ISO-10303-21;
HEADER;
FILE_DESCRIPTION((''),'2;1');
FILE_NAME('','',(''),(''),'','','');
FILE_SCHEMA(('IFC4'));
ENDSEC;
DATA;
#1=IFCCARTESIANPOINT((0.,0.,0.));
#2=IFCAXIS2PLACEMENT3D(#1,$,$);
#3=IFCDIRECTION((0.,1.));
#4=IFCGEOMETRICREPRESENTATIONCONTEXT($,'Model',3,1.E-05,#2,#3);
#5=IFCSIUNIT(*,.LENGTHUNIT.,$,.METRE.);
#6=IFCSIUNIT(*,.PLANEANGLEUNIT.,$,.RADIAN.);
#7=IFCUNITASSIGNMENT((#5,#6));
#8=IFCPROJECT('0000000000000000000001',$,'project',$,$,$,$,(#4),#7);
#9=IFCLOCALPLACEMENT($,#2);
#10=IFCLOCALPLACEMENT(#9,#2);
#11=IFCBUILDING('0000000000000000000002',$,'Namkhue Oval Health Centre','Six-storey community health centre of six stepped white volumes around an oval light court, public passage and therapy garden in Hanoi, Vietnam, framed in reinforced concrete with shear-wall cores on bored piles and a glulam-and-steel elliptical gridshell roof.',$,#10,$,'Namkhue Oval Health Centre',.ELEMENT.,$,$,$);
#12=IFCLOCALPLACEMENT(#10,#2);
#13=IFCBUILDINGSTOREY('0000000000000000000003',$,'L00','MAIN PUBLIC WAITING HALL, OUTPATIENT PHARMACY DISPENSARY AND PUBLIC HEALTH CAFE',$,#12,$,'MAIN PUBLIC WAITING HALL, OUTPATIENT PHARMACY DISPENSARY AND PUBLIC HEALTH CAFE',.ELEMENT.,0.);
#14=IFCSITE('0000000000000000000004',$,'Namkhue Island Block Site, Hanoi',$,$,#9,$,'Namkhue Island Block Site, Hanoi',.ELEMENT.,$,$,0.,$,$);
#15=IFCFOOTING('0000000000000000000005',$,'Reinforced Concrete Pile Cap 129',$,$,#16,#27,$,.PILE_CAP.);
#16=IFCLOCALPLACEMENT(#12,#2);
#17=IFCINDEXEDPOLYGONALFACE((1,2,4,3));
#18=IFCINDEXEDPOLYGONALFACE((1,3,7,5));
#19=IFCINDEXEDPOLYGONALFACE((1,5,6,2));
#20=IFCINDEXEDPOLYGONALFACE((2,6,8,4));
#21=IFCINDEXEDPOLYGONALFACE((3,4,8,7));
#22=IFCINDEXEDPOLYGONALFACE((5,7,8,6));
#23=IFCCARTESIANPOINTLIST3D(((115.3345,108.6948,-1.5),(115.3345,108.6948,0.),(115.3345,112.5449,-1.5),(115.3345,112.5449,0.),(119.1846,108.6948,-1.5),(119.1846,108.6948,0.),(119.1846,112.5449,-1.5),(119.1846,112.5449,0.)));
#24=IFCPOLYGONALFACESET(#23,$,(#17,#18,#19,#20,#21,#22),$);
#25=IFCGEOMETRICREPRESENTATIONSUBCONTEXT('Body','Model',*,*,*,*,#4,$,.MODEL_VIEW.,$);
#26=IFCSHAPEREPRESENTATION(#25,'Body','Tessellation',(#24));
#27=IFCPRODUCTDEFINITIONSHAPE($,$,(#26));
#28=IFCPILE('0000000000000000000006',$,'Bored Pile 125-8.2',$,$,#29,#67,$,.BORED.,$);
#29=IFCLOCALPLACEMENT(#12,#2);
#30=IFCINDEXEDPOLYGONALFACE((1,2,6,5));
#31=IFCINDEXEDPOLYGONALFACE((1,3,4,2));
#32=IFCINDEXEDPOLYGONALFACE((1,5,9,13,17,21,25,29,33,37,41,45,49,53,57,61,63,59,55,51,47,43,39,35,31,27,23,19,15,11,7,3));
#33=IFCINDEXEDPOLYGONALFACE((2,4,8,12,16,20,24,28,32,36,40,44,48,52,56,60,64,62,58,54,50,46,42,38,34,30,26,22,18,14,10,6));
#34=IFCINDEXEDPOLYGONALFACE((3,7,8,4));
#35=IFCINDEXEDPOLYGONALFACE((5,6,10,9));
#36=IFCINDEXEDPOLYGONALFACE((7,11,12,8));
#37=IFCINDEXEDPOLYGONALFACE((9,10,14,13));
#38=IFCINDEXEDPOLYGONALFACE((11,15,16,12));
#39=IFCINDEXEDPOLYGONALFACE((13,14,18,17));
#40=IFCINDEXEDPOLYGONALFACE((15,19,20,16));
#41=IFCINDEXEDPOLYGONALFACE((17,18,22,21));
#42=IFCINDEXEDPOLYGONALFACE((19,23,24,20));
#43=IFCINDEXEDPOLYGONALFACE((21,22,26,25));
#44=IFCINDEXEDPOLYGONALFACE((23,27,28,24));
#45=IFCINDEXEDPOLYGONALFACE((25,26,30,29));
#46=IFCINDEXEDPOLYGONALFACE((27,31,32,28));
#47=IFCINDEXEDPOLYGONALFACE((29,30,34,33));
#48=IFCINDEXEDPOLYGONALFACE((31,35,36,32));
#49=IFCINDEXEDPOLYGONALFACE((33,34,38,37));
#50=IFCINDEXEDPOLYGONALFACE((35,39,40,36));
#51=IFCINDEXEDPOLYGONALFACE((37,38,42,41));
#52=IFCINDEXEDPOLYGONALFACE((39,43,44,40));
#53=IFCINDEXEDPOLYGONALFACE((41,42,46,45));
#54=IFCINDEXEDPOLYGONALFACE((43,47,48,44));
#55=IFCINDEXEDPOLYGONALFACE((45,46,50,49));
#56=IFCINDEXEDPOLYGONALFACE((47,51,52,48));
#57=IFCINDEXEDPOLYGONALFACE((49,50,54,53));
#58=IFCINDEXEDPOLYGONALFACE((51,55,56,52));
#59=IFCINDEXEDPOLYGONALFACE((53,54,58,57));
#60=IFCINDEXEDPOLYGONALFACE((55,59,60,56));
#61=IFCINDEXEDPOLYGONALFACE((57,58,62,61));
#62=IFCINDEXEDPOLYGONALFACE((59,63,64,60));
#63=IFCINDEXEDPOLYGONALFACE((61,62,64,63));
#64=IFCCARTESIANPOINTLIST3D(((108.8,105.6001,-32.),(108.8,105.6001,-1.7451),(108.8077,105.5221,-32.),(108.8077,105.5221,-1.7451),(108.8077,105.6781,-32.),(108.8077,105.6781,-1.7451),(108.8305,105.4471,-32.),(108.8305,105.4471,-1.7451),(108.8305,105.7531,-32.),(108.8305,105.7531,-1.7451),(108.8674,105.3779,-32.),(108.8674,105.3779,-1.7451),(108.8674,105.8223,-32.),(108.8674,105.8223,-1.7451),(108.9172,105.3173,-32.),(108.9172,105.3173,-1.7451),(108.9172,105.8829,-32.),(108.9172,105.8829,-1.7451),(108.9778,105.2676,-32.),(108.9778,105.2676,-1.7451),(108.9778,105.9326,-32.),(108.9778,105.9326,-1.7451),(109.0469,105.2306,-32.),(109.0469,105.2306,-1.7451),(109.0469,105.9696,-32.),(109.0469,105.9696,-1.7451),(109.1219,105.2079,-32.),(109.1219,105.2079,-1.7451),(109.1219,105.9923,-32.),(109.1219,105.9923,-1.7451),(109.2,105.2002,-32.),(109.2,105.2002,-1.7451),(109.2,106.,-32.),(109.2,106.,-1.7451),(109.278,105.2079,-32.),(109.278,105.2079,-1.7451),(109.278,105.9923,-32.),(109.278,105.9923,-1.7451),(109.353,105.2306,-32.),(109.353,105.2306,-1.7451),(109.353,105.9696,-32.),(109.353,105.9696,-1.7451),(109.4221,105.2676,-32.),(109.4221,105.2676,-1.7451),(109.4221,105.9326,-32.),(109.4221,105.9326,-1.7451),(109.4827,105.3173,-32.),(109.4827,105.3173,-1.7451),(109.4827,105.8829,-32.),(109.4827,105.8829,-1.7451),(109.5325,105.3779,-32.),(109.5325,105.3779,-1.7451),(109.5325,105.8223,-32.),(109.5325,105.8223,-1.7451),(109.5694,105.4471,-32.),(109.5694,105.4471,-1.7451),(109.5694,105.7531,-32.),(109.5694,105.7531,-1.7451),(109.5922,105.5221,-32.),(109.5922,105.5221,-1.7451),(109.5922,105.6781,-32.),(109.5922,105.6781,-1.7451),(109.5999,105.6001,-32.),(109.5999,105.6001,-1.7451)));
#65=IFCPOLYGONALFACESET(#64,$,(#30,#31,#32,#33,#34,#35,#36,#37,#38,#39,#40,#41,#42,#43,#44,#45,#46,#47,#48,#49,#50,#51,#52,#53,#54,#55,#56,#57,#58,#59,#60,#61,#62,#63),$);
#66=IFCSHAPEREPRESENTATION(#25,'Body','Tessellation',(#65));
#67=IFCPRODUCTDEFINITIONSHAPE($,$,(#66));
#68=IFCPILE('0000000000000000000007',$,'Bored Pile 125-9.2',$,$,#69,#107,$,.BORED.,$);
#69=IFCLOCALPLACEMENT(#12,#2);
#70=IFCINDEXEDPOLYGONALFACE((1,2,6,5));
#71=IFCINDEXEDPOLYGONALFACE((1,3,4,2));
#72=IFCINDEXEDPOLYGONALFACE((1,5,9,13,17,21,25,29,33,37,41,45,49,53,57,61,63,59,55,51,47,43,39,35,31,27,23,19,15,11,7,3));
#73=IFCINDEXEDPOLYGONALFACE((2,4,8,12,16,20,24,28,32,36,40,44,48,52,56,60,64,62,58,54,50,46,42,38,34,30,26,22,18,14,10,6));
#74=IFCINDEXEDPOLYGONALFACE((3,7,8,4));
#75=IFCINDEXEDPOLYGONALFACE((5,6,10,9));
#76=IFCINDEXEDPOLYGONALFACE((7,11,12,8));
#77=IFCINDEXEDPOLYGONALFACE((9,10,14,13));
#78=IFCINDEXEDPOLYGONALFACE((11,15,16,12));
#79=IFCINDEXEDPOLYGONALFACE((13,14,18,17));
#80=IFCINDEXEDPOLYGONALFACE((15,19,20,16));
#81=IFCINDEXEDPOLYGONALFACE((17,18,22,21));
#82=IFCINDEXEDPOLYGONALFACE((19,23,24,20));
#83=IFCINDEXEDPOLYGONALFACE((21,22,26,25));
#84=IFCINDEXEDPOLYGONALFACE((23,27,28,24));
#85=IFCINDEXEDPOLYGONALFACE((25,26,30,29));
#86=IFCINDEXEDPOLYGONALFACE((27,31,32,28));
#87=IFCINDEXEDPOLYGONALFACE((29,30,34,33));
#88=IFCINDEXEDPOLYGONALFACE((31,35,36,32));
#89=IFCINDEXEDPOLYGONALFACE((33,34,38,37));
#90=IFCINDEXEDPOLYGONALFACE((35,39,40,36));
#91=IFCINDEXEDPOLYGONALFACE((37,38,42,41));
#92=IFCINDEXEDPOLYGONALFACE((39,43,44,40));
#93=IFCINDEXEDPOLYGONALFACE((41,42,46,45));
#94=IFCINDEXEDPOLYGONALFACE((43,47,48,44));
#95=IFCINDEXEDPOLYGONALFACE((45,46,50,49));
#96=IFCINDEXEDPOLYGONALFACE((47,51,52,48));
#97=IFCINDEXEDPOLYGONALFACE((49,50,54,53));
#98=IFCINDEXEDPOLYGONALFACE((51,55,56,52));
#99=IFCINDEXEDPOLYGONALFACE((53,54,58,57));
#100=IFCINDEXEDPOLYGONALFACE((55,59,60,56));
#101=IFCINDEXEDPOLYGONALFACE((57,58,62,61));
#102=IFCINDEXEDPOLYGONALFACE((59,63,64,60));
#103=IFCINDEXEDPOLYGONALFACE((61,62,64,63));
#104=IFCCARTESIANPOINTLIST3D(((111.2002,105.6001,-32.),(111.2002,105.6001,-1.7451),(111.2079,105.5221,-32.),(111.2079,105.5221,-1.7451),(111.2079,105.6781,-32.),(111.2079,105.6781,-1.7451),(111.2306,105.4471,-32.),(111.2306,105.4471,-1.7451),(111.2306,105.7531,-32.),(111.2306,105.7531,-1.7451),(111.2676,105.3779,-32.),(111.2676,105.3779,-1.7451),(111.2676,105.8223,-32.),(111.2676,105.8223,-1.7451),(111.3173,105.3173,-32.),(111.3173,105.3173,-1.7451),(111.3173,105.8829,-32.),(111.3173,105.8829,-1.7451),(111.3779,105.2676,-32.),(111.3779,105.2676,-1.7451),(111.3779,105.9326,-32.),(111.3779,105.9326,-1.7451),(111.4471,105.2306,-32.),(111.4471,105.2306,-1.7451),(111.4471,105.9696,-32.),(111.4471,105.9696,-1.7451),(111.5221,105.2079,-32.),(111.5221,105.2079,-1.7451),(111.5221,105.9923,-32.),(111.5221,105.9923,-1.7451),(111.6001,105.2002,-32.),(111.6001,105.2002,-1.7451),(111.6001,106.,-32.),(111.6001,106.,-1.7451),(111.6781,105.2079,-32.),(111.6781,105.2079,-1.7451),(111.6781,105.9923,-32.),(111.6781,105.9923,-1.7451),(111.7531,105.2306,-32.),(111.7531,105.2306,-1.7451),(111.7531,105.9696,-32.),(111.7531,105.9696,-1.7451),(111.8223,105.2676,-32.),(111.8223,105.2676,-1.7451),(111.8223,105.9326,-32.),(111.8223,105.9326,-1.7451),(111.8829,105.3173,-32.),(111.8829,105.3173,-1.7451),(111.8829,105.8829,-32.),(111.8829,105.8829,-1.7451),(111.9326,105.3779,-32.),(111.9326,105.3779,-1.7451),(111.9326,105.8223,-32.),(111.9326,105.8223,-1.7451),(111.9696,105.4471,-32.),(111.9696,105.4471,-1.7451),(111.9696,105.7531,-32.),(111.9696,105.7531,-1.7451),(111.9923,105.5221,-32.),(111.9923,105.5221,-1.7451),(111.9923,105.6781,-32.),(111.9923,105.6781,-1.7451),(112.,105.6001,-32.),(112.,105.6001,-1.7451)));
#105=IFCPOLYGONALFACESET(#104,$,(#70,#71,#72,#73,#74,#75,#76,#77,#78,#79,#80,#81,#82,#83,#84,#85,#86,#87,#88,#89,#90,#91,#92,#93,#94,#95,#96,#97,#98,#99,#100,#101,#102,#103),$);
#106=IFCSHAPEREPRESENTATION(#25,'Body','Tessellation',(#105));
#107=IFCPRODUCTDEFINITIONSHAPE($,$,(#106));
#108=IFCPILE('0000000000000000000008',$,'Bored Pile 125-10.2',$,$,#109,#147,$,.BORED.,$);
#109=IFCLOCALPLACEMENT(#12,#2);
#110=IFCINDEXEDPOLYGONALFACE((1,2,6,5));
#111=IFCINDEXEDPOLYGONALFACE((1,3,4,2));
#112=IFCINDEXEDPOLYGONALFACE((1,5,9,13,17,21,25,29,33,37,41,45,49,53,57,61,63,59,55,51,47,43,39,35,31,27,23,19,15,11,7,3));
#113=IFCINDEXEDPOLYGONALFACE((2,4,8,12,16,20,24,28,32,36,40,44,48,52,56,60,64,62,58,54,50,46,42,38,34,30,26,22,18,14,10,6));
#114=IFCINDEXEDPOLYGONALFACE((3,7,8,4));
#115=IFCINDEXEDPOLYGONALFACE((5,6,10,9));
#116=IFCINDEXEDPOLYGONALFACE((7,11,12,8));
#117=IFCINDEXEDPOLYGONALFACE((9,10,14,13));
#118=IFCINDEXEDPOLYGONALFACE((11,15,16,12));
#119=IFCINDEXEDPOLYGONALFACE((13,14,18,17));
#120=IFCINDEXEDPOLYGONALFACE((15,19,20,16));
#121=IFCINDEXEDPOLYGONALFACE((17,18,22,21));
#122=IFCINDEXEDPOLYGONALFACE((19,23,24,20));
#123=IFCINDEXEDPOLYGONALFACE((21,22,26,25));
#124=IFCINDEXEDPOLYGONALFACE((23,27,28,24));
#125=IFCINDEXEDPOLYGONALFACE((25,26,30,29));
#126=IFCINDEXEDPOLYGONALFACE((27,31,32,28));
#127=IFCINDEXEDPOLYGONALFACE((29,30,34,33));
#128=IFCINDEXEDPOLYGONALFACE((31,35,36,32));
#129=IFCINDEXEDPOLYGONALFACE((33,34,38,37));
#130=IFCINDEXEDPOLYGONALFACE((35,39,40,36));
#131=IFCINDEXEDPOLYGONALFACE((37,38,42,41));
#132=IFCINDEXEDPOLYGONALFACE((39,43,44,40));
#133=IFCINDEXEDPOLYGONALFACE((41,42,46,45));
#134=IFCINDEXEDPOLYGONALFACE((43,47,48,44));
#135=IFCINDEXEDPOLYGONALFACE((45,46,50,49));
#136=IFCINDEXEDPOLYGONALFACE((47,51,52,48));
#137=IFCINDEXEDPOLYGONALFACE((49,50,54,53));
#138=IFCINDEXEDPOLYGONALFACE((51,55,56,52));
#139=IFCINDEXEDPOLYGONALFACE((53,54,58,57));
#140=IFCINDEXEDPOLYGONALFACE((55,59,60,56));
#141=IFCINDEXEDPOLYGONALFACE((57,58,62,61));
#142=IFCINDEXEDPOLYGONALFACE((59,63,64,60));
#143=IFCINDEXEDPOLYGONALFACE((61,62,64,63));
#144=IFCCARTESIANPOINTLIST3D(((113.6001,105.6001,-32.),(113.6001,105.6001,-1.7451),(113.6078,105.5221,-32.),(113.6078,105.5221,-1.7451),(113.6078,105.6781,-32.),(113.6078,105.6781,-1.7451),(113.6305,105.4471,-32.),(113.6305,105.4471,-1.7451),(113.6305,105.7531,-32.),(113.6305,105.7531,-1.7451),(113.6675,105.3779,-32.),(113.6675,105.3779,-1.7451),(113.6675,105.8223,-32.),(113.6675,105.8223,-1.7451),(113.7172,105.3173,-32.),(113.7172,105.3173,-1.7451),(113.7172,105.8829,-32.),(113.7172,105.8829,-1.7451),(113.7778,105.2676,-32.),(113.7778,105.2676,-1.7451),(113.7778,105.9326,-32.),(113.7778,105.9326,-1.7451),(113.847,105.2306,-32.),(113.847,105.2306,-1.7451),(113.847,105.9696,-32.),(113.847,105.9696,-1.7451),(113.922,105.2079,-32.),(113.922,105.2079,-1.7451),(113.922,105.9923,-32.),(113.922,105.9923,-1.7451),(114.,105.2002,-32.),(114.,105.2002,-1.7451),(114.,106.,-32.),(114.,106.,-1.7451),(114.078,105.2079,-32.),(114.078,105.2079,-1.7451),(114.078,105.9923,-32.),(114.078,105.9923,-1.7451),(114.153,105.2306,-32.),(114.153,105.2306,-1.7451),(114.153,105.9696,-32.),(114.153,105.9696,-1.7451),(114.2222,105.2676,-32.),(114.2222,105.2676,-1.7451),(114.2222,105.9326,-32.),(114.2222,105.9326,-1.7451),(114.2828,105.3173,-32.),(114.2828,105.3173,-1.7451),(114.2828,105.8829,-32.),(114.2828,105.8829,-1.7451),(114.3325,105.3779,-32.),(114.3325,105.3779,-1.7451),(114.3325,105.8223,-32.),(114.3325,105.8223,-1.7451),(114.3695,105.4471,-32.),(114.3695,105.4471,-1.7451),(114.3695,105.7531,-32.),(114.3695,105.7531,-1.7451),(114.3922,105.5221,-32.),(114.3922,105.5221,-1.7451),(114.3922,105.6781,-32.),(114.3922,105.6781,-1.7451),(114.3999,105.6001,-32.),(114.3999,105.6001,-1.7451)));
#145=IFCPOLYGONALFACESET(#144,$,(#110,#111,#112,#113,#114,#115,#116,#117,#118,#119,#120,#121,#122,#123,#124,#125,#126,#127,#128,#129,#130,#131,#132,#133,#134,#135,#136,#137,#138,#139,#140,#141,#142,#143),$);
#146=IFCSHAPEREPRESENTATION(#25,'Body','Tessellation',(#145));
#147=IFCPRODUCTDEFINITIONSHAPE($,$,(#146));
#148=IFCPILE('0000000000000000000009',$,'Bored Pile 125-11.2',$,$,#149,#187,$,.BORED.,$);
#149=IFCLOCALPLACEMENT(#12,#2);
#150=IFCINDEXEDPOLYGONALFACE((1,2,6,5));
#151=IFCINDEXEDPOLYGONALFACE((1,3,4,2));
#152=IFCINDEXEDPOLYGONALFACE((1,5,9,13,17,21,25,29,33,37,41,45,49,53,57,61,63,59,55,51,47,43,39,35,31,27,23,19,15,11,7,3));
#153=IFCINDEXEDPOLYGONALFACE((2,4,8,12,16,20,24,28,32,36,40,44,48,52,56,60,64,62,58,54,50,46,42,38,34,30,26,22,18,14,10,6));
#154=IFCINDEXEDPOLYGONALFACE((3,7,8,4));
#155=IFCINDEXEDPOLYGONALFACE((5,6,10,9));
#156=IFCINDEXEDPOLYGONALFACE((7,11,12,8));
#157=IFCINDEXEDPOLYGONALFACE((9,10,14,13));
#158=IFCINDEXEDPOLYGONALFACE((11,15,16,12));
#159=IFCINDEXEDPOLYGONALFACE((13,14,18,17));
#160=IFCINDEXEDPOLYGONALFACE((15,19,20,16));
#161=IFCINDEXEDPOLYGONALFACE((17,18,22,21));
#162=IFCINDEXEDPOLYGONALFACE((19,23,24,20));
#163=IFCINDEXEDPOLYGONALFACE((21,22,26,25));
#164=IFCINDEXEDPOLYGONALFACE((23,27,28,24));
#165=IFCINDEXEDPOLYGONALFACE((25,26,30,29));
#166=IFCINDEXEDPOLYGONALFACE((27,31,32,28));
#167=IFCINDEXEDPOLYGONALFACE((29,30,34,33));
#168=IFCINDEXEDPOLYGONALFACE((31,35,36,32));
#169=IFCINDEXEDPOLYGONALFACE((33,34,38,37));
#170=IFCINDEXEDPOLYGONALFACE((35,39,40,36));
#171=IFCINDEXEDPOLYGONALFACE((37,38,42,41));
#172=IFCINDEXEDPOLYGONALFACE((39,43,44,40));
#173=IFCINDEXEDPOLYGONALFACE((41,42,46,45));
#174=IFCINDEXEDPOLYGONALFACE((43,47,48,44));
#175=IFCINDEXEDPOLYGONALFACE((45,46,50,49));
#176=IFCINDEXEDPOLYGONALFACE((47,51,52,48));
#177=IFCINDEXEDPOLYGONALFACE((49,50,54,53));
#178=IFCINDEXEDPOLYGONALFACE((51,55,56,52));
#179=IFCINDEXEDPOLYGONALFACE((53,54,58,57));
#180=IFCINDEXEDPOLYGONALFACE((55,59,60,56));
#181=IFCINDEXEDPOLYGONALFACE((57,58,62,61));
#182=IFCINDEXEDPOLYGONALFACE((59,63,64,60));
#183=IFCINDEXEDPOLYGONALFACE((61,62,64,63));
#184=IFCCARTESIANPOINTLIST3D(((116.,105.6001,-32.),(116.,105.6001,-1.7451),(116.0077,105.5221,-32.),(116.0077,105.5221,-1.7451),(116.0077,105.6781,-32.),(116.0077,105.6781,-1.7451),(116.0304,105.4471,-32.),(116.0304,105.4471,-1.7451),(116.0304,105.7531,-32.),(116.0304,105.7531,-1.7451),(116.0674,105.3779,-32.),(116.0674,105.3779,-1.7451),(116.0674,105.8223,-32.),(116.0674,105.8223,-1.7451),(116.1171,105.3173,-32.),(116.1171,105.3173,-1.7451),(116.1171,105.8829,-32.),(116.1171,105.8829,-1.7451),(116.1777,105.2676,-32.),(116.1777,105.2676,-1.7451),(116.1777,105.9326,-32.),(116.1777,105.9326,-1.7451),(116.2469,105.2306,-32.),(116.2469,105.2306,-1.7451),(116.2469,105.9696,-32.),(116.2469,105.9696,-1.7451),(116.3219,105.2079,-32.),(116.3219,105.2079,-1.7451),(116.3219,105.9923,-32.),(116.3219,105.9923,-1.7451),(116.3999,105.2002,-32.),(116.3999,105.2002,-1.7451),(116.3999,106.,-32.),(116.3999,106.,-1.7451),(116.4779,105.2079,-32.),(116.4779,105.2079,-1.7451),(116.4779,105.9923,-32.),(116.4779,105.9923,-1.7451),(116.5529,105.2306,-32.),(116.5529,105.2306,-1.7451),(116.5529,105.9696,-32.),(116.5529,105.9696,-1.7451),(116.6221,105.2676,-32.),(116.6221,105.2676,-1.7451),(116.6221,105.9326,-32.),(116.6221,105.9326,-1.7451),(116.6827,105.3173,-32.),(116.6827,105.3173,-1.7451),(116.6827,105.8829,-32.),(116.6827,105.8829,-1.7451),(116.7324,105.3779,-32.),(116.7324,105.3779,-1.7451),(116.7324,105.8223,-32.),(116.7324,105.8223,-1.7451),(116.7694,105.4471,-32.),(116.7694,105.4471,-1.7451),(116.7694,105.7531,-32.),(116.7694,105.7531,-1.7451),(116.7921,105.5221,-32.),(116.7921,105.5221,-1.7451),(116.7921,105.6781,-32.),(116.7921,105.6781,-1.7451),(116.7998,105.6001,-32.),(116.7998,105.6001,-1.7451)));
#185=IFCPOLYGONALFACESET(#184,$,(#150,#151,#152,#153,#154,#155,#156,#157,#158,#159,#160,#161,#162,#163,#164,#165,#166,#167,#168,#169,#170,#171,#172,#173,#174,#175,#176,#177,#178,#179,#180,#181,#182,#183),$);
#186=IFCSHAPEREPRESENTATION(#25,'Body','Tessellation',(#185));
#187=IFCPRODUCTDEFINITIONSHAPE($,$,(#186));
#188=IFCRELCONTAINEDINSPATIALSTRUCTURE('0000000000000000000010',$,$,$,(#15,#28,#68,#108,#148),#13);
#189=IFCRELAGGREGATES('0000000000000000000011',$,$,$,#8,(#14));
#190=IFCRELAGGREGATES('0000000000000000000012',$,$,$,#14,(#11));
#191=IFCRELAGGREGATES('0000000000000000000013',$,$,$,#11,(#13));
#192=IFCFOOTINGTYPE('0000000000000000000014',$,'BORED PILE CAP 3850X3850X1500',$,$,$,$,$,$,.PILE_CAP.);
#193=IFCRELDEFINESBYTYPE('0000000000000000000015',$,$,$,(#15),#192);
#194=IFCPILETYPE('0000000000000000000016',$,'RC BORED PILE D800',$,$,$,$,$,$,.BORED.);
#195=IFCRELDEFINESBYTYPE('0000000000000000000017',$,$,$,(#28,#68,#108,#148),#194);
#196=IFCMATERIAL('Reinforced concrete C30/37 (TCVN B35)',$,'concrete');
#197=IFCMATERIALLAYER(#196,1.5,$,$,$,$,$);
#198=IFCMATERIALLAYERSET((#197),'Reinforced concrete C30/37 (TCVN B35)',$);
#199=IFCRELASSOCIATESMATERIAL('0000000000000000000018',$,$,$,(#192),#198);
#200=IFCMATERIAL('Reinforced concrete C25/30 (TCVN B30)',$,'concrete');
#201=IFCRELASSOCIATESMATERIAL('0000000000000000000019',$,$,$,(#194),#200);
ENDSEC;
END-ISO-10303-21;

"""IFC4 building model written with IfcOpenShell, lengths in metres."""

from ifc_helpers import new_model, si_unit, direction, frame, origin, origin_2d, place, context, subcontext, project, spatial, rectangle, circle, extrude, material, layer, layer_set, material_profile, profile_set, type_object, element, save


model = new_model("IFC4")

# Units and contexts
model_context = context("Model", 3, precision=1e-05, world=origin(), true_north=direction((0.0, 1.0)))
body_context = subcontext(model_context, "Body", "Model", "MODEL_VIEW")
ifc_project = project(units=[si_unit("LENGTHUNIT", "METRE"), si_unit("PLANEANGLEUNIT", "RADIAN")], contexts=[model_context])

# Site, building, storey
site_placement = place(None, origin())
site = spatial("IfcSite", under=ifc_project, at=site_placement, Name="Namkhue Island Block Site, Hanoi", LongName="Namkhue Island Block Site, Hanoi", CompositionType="ELEMENT", RefElevation=0.0)
building_placement = place(site_placement, origin())
building = spatial("IfcBuilding", under=site, at=building_placement, Name="Namkhue Oval Health Centre", Description="Six-storey community health centre of six stepped white volumes around an oval light court, public passage and therapy garden in Hanoi, Vietnam, framed in reinforced concrete with shear-wall cores on bored piles and a glulam-and-steel elliptical gridshell roof.", LongName="Namkhue Oval Health Centre", CompositionType="ELEMENT")
storey_placement = place(building_placement, origin())
storey = spatial("IfcBuildingStorey", under=building, at=storey_placement, Name="L00", Description="MAIN PUBLIC WAITING HALL, OUTPATIENT PHARMACY DISPENSARY AND PUBLIC HEALTH CAFE", LongName="MAIN PUBLIC WAITING HALL, OUTPATIENT PHARMACY DISPENSARY AND PUBLIC HEALTH CAFE", CompositionType="ELEMENT", Elevation=0.0)

# Footing
ifc_material_1 = material(Name="Reinforced concrete C30/37 (TCVN B35)", Category="concrete")
ifc_layer_1 = layer(ifc_material_1, 1.5)
ifc_layer_set_1 = layer_set([ifc_layer_1], Name="Reinforced concrete C30/37 (TCVN B35)")
footing_type = type_object("IfcFootingType", Name="BORED PILE CAP 3850X3850X1500", PredefinedType="PILE_CAP", material=ifc_layer_set_1)
footing_placement = place(storey_placement, frame((117.2595, 110.6199, -1.5), z_axis=(0.0, 0.0, 1.0), x_axis=(1.0, 0.0, 0.0)))
element("IfcFooting", 1, at=footing_placement, inside=storey, type_object=footing_type, Name="Reinforced Concrete Pile Cap 129", PredefinedType="PILE_CAP", context=body_context, shape_type="SweptSolid", body=[
    extrude(rectangle(XDim=3.8501, YDim=3.8501, at=origin_2d()), origin(), (0.0, 0.0, 1.0), 1.5),
])

# Piles
ifc_material_2 = material(Name="Reinforced concrete C25/30 (TCVN B30)", Category="concrete")
ifc_material_profile_1 = material_profile(ifc_material_2, circle(Radius=0.3999, at=origin_2d()), Name="BORED PILE D800")
ifc_profile_set_1 = profile_set([ifc_material_profile_1], Name="Reinforced concrete C25/30 (TCVN B30)")
pile_type = type_object("IfcPileType", Name="RC BORED PILE D800", PredefinedType="BORED", material=ifc_profile_set_1)
for number, where, z_axis, x_axis, name in (
    (2, (109.2, 105.6001, -1.7451), (0.0, 0.0, -1.0), (1.0, 0.0, 0.0), "Bored Pile 125-8.2"),
    (3, (111.6001, 105.6001, -1.7451), (0.0, 0.0, -1.0), (1.0, 0.0, 0.0), "Bored Pile 125-9.2"),
    (4, (114.0, 105.6001, -1.7451), (0.0, 0.0, -1.0), (1.0, 0.0, 0.0), "Bored Pile 125-10.2"),
    (5, (116.3999, 105.6001, -1.7451), (0.0, 0.0, -1.0), (1.0, 0.0, 0.0), "Bored Pile 125-11.2"),
):
    element("IfcPile", number, at=place(storey_placement, frame(where, z_axis=z_axis, x_axis=x_axis)), inside=storey, type_object=pile_type, Name=name, PredefinedType="BORED", context=body_context, shape_type="SweptSolid", body=[
        extrude(circle(Radius=0.3999, at=origin_2d()), origin(), (0.0, 0.0, 1.0), 30.2549),
    ])

save(model, "model.ifc")
